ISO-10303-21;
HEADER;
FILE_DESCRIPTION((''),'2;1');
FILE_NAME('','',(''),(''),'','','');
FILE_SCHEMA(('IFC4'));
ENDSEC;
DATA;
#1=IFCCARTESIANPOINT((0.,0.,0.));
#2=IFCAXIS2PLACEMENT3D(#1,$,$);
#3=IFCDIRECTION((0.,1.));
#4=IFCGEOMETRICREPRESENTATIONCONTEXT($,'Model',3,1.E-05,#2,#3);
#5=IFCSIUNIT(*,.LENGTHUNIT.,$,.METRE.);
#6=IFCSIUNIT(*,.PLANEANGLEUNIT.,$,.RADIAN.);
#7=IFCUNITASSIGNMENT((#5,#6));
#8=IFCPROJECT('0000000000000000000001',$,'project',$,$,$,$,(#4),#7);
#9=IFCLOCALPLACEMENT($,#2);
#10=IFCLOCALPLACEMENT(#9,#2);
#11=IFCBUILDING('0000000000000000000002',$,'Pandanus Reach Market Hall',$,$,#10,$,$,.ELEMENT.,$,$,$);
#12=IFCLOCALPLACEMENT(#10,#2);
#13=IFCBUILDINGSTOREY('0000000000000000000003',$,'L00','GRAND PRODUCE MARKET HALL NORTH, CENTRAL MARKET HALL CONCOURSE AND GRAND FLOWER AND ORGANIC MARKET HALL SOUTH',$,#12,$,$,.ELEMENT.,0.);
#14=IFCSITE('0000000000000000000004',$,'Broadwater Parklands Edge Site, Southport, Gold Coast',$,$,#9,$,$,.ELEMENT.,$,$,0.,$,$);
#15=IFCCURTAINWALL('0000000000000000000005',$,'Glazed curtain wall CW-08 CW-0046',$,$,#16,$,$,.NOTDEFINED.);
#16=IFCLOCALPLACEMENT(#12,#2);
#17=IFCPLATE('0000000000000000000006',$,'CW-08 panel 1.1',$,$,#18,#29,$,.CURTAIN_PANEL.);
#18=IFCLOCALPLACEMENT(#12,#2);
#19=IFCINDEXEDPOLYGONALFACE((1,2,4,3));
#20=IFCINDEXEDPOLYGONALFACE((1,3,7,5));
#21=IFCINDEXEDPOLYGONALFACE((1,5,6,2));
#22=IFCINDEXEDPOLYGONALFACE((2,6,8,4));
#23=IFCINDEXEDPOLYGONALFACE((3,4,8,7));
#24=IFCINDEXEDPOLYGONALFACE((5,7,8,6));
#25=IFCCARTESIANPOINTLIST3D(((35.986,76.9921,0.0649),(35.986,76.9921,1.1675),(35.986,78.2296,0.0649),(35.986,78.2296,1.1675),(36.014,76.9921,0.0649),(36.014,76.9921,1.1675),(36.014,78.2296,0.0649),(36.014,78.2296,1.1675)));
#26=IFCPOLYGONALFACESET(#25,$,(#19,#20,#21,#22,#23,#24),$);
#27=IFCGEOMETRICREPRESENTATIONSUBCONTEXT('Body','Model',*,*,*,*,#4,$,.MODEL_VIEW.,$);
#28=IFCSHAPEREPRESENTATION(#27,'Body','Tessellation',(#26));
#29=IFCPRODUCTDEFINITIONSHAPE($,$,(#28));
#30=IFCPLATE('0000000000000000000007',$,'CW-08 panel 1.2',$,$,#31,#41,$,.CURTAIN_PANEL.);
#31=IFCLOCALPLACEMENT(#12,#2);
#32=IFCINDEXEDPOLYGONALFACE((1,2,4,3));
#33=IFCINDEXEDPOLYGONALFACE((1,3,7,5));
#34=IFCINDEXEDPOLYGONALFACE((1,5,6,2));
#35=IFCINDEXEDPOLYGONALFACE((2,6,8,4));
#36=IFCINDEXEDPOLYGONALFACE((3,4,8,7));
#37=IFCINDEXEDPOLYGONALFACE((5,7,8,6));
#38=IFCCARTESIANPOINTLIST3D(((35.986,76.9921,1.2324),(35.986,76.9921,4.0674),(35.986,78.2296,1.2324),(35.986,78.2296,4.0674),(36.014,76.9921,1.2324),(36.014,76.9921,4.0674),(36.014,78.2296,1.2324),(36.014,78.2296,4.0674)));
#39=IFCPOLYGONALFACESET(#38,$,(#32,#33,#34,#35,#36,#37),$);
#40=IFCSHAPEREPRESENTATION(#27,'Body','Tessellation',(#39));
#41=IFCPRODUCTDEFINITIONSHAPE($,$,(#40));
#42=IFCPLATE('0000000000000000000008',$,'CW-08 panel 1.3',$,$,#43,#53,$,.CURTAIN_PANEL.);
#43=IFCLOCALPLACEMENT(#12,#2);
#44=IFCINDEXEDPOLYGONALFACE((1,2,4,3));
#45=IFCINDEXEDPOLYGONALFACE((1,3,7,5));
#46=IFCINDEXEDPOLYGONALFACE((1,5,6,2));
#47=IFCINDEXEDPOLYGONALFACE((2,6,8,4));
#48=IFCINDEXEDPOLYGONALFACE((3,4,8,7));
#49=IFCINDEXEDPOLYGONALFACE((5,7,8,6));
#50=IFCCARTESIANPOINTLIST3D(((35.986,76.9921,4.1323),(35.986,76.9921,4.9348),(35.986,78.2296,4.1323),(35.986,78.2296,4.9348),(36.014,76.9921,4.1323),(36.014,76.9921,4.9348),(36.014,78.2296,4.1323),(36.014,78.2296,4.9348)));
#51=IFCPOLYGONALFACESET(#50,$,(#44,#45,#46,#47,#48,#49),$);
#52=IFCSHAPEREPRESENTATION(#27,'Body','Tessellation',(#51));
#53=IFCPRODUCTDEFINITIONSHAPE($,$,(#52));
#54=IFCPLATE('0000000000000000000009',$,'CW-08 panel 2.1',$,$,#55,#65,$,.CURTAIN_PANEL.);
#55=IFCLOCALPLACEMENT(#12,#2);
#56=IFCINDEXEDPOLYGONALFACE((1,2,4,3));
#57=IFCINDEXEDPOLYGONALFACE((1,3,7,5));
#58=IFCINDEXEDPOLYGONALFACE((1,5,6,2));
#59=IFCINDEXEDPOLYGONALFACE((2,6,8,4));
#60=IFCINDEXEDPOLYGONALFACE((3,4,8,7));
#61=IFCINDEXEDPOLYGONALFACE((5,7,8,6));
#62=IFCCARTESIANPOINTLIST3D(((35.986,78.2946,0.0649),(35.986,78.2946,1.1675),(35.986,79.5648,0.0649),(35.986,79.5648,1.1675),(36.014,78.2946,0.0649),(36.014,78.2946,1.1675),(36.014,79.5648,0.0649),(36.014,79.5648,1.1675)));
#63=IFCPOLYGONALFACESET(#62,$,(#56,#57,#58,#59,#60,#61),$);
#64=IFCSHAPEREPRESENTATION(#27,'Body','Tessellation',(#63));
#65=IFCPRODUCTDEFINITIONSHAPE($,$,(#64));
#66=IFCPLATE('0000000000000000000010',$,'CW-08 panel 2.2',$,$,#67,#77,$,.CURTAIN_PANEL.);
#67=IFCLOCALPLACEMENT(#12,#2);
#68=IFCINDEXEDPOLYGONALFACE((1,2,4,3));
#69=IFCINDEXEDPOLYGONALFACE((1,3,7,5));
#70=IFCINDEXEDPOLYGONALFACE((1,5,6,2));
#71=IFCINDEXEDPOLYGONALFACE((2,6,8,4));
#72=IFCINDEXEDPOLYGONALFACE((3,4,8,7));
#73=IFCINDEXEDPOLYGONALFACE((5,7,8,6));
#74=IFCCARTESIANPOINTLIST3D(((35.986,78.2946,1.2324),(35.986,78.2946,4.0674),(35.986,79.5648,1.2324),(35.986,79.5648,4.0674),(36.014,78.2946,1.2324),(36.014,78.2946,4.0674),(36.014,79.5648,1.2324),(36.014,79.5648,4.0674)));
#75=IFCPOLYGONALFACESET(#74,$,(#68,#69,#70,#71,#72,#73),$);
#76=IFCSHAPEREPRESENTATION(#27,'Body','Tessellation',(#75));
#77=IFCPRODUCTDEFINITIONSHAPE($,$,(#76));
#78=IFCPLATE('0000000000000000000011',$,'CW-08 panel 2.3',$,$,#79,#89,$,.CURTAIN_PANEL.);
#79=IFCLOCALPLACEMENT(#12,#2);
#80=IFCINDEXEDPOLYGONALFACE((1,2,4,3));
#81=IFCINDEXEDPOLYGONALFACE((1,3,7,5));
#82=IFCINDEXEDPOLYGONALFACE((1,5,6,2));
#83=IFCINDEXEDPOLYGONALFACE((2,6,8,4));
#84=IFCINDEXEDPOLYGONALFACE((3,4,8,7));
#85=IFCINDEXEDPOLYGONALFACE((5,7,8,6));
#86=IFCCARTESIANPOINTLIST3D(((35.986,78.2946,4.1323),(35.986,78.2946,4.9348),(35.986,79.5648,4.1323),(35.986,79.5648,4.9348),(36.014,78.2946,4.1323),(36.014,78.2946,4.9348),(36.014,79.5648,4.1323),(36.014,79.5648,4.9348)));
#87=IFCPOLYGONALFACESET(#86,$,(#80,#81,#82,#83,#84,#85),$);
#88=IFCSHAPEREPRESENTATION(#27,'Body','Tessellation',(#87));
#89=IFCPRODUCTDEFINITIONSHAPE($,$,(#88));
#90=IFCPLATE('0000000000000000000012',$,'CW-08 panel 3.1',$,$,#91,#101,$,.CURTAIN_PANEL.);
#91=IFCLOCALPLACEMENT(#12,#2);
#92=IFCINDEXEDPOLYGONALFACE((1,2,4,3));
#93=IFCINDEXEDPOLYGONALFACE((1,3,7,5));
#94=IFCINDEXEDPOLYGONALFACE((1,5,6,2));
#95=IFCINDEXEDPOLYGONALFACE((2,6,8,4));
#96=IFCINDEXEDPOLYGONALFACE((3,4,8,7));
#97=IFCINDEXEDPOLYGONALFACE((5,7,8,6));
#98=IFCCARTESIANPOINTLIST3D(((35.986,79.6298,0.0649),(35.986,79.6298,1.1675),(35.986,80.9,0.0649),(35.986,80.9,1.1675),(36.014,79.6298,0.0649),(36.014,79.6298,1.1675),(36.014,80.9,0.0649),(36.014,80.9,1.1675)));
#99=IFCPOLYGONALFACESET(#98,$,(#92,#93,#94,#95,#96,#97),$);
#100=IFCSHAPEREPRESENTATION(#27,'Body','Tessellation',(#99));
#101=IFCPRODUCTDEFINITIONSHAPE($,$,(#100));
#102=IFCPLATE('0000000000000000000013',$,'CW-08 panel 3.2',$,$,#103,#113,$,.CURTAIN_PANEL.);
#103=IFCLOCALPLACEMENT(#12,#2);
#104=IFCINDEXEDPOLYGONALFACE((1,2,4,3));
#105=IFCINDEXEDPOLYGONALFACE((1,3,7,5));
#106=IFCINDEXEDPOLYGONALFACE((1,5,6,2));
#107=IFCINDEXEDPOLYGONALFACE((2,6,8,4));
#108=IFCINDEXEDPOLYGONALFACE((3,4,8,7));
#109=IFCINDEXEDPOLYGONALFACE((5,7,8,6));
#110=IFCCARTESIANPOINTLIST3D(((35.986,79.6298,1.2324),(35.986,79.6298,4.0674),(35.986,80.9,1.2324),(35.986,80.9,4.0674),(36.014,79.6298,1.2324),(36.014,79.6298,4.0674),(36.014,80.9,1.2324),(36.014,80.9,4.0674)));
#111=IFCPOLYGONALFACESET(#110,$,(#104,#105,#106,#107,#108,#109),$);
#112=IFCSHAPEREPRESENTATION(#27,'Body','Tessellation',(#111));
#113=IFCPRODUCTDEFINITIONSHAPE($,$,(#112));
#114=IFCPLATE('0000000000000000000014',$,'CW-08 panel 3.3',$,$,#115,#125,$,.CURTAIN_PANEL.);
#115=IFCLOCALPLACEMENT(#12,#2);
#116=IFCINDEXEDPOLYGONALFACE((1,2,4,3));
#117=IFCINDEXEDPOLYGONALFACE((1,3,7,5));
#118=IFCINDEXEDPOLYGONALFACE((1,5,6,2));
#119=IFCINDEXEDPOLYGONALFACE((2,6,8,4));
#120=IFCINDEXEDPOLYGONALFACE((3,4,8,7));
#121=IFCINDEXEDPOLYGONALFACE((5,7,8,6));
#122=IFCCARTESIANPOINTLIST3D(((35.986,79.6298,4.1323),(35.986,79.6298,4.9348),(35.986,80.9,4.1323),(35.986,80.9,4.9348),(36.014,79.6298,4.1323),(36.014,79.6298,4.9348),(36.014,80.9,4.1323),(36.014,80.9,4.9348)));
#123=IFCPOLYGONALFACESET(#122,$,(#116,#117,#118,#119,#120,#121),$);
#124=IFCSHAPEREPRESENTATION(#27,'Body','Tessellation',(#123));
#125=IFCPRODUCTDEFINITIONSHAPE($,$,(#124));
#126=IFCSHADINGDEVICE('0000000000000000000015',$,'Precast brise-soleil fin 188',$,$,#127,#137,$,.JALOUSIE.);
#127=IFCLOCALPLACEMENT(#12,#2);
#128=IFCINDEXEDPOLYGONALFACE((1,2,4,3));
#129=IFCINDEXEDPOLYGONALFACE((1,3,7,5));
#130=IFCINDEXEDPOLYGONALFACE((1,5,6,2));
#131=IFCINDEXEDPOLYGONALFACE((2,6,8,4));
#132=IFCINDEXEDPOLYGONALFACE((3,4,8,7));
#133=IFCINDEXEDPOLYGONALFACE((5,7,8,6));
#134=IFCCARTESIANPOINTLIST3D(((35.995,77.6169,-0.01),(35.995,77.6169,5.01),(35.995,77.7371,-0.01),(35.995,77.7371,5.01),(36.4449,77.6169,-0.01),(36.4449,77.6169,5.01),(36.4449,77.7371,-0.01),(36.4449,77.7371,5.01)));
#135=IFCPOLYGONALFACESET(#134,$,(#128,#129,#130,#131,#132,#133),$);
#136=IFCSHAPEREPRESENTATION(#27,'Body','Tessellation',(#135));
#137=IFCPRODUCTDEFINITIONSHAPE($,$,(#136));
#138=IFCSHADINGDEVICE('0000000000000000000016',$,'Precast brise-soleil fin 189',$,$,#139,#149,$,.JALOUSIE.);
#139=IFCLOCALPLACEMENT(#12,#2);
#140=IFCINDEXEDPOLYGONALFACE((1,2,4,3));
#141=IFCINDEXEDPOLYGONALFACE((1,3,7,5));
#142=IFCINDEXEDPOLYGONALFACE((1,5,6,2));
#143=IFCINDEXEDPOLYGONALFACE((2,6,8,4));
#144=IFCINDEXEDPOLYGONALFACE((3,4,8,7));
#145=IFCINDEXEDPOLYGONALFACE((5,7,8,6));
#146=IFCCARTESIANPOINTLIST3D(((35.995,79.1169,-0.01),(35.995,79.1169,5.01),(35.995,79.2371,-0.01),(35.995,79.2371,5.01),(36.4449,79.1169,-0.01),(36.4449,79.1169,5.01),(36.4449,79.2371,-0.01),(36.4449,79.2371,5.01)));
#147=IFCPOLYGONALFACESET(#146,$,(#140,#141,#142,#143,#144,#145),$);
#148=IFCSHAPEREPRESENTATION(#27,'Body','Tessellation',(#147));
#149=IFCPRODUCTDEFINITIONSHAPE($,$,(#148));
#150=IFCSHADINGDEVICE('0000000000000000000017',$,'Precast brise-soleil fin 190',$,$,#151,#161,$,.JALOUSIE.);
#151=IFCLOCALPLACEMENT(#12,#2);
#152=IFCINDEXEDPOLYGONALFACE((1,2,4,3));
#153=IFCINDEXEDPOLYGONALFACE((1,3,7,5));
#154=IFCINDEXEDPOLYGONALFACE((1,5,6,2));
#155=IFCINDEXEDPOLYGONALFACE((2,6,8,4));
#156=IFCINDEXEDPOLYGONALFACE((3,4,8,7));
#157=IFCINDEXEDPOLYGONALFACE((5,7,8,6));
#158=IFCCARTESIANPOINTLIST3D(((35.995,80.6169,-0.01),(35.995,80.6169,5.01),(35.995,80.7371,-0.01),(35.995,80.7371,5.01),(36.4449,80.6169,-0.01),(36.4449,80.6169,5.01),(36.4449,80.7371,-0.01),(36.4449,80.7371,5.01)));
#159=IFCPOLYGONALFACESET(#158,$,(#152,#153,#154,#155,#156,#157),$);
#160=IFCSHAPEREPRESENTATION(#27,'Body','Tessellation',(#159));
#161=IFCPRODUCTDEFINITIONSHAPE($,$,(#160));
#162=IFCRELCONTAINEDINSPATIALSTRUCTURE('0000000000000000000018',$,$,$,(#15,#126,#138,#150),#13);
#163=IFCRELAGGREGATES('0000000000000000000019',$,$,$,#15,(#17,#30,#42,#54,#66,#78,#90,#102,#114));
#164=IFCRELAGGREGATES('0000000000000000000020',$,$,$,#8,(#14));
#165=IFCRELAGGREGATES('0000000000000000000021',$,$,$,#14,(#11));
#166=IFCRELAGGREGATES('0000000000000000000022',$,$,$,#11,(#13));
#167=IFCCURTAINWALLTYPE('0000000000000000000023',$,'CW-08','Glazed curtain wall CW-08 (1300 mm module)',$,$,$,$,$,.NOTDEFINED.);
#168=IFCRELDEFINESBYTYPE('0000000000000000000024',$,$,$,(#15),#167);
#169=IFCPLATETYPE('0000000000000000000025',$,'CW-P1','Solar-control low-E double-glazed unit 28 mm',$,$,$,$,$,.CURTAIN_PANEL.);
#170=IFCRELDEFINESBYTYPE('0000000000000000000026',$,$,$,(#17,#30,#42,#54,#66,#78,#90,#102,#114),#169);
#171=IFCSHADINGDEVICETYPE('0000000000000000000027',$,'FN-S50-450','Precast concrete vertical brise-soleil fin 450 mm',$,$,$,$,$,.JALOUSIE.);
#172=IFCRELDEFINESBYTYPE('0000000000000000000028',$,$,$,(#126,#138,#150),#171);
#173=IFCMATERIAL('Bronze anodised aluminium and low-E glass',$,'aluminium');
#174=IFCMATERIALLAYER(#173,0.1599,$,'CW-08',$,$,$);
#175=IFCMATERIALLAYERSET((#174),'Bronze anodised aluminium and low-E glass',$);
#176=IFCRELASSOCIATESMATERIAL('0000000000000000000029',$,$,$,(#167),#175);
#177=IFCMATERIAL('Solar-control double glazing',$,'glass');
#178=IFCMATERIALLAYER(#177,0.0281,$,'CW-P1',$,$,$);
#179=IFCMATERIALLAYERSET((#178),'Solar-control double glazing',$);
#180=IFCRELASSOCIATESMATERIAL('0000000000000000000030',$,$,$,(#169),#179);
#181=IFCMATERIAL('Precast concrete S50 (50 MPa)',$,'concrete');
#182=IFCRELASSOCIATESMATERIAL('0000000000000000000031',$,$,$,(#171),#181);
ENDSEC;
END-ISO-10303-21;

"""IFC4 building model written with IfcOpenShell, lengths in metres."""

from ifc_helpers import new_model, si_unit, direction, frame, origin, origin_2d, place, context, subcontext, project, spatial, rectangle, extrude, material, layer, layer_set, type_object, element, aggregate, save


model = new_model("IFC4")

# Units and contexts
model_context = context("Model", 3, precision=1e-05, world=origin(), true_north=direction((0.0, 1.0)))
body_context = subcontext(model_context, "Body", "Model", "MODEL_VIEW")
ifc_project = project(units=[si_unit("LENGTHUNIT", "METRE"), si_unit("PLANEANGLEUNIT", "RADIAN")], contexts=[model_context])

# Site, building, storey
site_placement = place(None, origin())
site = spatial("IfcSite", under=ifc_project, at=site_placement, Name="Broadwater Parklands Edge Site, Southport, Gold Coast", CompositionType="ELEMENT", RefElevation=0.0)
building_placement = place(site_placement, origin())
building = spatial("IfcBuilding", under=site, at=building_placement, Name="Pandanus Reach Market Hall", CompositionType="ELEMENT")
storey_placement = place(building_placement, origin())
storey = spatial("IfcBuildingStorey", under=building, at=storey_placement, Name="L00", Description="GRAND PRODUCE MARKET HALL NORTH, CENTRAL MARKET HALL CONCOURSE AND GRAND FLOWER AND ORGANIC MARKET HALL SOUTH", CompositionType="ELEMENT", Elevation=0.0)

# Shared definitions
ifc_material_1 = material(Name="Bronze anodised aluminium and low-E glass", Category="aluminium")

# Curtain wall
ifc_layer_1 = layer(ifc_material_1, 0.1599, Name="CW-08")
ifc_layer_set_1 = layer_set([ifc_layer_1], Name="Bronze anodised aluminium and low-E glass")
curtain_wall_type_1 = type_object("IfcCurtainWallType", Name="CW-08", Description="Glazed curtain wall CW-08 (1300 mm module)", PredefinedType="NOTDEFINED", material=ifc_layer_set_1)
curtain_wall_1_placement = place(storey_placement, origin())
curtain_wall_1 = element("IfcCurtainWall", 1, at=curtain_wall_1_placement, inside=storey, type_object=curtain_wall_type_1, Name="Glazed curtain wall CW-08 CW-0046", PredefinedType="NOTDEFINED")

# Plates
ifc_material_2 = material(Name="Solar-control double glazing", Category="glass")
ifc_layer_2 = layer(ifc_material_2, 0.0281, Name="CW-P1")
ifc_layer_set_2 = layer_set([ifc_layer_2], Name="Solar-control double glazing")
plate_type = type_object("IfcPlateType", Name="CW-P1", Description="Solar-control low-E double-glazed unit 28 mm", PredefinedType="CURTAIN_PANEL", material=ifc_layer_set_2)
plate_1_placement = place(storey_placement, frame((36.0, 77.6108, 0.0649), z_axis=(0.0, 0.0, 1.0), x_axis=(0.0, 1.0, 0.0)))
plate_1 = element("IfcPlate", 2, at=plate_1_placement, type_object=plate_type, Name="CW-08 panel 1.1", PredefinedType="CURTAIN_PANEL", context=body_context, shape_type="SweptSolid", body=[
    extrude(rectangle(XDim=1.2375, YDim=0.0281, at=origin_2d()), origin(), (0.0, 0.0, 1.0), 1.1025),
])
plate_2_placement = place(storey_placement, frame((36.0, 77.6108, 1.2324), z_axis=(0.0, 0.0, 1.0), x_axis=(0.0, 1.0, 0.0)))
plate_2 = element("IfcPlate", 3, at=plate_2_placement, type_object=plate_type, Name="CW-08 panel 1.2", PredefinedType="CURTAIN_PANEL", context=body_context, shape_type="SweptSolid", body=[
    extrude(rectangle(XDim=1.2375, YDim=0.0281, at=origin_2d()), origin(), (0.0, 0.0, 1.0), 2.835),
])
plate_3_placement = place(storey_placement, frame((36.0, 77.6108, 4.1323), z_axis=(0.0, 0.0, 1.0), x_axis=(0.0, 1.0, 0.0)))
plate_3 = element("IfcPlate", 4, at=plate_3_placement, type_object=plate_type, Name="CW-08 panel 1.3", PredefinedType="CURTAIN_PANEL", context=body_context, shape_type="SweptSolid", body=[
    extrude(rectangle(XDim=1.2375, YDim=0.0281, at=origin_2d()), origin(), (0.0, 0.0, 1.0), 0.8025),
])
plate_4_placement = place(storey_placement, frame((36.0, 78.9297, 0.0649), z_axis=(0.0, 0.0, 1.0), x_axis=(0.0, 1.0, 0.0)))
plate_4 = element("IfcPlate", 5, at=plate_4_placement, type_object=plate_type, Name="CW-08 panel 2.1", PredefinedType="CURTAIN_PANEL", context=body_context, shape_type="SweptSolid", body=[
    extrude(rectangle(XDim=1.2703, YDim=0.0281, at=origin_2d()), origin(), (0.0, 0.0, 1.0), 1.1025),
])
plate_5_placement = place(storey_placement, frame((36.0, 78.9297, 1.2324), z_axis=(0.0, 0.0, 1.0), x_axis=(0.0, 1.0, 0.0)))
plate_5 = element("IfcPlate", 6, at=plate_5_placement, type_object=plate_type, Name="CW-08 panel 2.2", PredefinedType="CURTAIN_PANEL", context=body_context, shape_type="SweptSolid", body=[
    extrude(rectangle(XDim=1.2703, YDim=0.0281, at=origin_2d()), origin(), (0.0, 0.0, 1.0), 2.835),
])
plate_6_placement = place(storey_placement, frame((36.0, 78.9297, 4.1323), z_axis=(0.0, 0.0, 1.0), x_axis=(0.0, 1.0, 0.0)))
plate_6 = element("IfcPlate", 7, at=plate_6_placement, type_object=plate_type, Name="CW-08 panel 2.3", PredefinedType="CURTAIN_PANEL", context=body_context, shape_type="SweptSolid", body=[
    extrude(rectangle(XDim=1.2703, YDim=0.0281, at=origin_2d()), origin(), (0.0, 0.0, 1.0), 0.8025),
])
plate_7_placement = place(storey_placement, frame((36.0, 80.2649, 0.0649), z_axis=(0.0, 0.0, 1.0), x_axis=(0.0, 1.0, 0.0)))
plate_7 = element("IfcPlate", 8, at=plate_7_placement, type_object=plate_type, Name="CW-08 panel 3.1", PredefinedType="CURTAIN_PANEL", context=body_context, shape_type="SweptSolid", body=[
    extrude(rectangle(XDim=1.2703, YDim=0.0281, at=origin_2d()), origin(), (0.0, 0.0, 1.0), 1.1025),
])
plate_8_placement = place(storey_placement, frame((36.0, 80.2649, 1.2324), z_axis=(0.0, 0.0, 1.0), x_axis=(0.0, 1.0, 0.0)))
plate_8 = element("IfcPlate", 9, at=plate_8_placement, type_object=plate_type, Name="CW-08 panel 3.2", PredefinedType="CURTAIN_PANEL", context=body_context, shape_type="SweptSolid", body=[
    extrude(rectangle(XDim=1.2703, YDim=0.0281, at=origin_2d()), origin(), (0.0, 0.0, 1.0), 2.835),
])
plate_9_placement = place(storey_placement, frame((36.0, 80.2649, 4.1323), z_axis=(0.0, 0.0, 1.0), x_axis=(0.0, 1.0, 0.0)))
plate_9 = element("IfcPlate", 10, at=plate_9_placement, type_object=plate_type, Name="CW-08 panel 3.3", PredefinedType="CURTAIN_PANEL", context=body_context, shape_type="SweptSolid", body=[
    extrude(rectangle(XDim=1.2703, YDim=0.0281, at=origin_2d()), origin(), (0.0, 0.0, 1.0), 0.8025),
])
aggregate(curtain_wall_1, [plate_1, plate_2, plate_3, plate_4, plate_5, plate_6, plate_7, plate_8, plate_9])

# Shading devices
ifc_material_3 = material(Name="Precast concrete S50 (50 MPa)", Category="concrete")
shading_device_type = type_object("IfcShadingDeviceType", Name="FN-S50-450", Description="Precast concrete vertical brise-soleil fin 450 mm", PredefinedType="JALOUSIE", material=ifc_material_3)
for number, where, z_axis, x_axis, name in (
    (11, (36.22, 77.677, -0.01), (0.0, 0.0, 1.0), (1.0, 0.0, 0.0), "Precast brise-soleil fin 188"),
    (12, (36.22, 79.177, -0.01), (0.0, 0.0, 1.0), (1.0, 0.0, 0.0), "Precast brise-soleil fin 189"),
    (13, (36.22, 80.677, -0.01), (0.0, 0.0, 1.0), (1.0, 0.0, 0.0), "Precast brise-soleil fin 190"),
):
    element("IfcShadingDevice", number, at=place(storey_placement, frame(where, z_axis=z_axis, x_axis=x_axis)), inside=storey, type_object=shading_device_type, Name=name, PredefinedType="JALOUSIE", context=body_context, shape_type="SweptSolid", body=[
        extrude(rectangle(XDim=0.45, YDim=0.1201, at=origin_2d()), origin(), (0.0, 0.0, 1.0), 5.02),
    ])

save(model, "model.ifc")
